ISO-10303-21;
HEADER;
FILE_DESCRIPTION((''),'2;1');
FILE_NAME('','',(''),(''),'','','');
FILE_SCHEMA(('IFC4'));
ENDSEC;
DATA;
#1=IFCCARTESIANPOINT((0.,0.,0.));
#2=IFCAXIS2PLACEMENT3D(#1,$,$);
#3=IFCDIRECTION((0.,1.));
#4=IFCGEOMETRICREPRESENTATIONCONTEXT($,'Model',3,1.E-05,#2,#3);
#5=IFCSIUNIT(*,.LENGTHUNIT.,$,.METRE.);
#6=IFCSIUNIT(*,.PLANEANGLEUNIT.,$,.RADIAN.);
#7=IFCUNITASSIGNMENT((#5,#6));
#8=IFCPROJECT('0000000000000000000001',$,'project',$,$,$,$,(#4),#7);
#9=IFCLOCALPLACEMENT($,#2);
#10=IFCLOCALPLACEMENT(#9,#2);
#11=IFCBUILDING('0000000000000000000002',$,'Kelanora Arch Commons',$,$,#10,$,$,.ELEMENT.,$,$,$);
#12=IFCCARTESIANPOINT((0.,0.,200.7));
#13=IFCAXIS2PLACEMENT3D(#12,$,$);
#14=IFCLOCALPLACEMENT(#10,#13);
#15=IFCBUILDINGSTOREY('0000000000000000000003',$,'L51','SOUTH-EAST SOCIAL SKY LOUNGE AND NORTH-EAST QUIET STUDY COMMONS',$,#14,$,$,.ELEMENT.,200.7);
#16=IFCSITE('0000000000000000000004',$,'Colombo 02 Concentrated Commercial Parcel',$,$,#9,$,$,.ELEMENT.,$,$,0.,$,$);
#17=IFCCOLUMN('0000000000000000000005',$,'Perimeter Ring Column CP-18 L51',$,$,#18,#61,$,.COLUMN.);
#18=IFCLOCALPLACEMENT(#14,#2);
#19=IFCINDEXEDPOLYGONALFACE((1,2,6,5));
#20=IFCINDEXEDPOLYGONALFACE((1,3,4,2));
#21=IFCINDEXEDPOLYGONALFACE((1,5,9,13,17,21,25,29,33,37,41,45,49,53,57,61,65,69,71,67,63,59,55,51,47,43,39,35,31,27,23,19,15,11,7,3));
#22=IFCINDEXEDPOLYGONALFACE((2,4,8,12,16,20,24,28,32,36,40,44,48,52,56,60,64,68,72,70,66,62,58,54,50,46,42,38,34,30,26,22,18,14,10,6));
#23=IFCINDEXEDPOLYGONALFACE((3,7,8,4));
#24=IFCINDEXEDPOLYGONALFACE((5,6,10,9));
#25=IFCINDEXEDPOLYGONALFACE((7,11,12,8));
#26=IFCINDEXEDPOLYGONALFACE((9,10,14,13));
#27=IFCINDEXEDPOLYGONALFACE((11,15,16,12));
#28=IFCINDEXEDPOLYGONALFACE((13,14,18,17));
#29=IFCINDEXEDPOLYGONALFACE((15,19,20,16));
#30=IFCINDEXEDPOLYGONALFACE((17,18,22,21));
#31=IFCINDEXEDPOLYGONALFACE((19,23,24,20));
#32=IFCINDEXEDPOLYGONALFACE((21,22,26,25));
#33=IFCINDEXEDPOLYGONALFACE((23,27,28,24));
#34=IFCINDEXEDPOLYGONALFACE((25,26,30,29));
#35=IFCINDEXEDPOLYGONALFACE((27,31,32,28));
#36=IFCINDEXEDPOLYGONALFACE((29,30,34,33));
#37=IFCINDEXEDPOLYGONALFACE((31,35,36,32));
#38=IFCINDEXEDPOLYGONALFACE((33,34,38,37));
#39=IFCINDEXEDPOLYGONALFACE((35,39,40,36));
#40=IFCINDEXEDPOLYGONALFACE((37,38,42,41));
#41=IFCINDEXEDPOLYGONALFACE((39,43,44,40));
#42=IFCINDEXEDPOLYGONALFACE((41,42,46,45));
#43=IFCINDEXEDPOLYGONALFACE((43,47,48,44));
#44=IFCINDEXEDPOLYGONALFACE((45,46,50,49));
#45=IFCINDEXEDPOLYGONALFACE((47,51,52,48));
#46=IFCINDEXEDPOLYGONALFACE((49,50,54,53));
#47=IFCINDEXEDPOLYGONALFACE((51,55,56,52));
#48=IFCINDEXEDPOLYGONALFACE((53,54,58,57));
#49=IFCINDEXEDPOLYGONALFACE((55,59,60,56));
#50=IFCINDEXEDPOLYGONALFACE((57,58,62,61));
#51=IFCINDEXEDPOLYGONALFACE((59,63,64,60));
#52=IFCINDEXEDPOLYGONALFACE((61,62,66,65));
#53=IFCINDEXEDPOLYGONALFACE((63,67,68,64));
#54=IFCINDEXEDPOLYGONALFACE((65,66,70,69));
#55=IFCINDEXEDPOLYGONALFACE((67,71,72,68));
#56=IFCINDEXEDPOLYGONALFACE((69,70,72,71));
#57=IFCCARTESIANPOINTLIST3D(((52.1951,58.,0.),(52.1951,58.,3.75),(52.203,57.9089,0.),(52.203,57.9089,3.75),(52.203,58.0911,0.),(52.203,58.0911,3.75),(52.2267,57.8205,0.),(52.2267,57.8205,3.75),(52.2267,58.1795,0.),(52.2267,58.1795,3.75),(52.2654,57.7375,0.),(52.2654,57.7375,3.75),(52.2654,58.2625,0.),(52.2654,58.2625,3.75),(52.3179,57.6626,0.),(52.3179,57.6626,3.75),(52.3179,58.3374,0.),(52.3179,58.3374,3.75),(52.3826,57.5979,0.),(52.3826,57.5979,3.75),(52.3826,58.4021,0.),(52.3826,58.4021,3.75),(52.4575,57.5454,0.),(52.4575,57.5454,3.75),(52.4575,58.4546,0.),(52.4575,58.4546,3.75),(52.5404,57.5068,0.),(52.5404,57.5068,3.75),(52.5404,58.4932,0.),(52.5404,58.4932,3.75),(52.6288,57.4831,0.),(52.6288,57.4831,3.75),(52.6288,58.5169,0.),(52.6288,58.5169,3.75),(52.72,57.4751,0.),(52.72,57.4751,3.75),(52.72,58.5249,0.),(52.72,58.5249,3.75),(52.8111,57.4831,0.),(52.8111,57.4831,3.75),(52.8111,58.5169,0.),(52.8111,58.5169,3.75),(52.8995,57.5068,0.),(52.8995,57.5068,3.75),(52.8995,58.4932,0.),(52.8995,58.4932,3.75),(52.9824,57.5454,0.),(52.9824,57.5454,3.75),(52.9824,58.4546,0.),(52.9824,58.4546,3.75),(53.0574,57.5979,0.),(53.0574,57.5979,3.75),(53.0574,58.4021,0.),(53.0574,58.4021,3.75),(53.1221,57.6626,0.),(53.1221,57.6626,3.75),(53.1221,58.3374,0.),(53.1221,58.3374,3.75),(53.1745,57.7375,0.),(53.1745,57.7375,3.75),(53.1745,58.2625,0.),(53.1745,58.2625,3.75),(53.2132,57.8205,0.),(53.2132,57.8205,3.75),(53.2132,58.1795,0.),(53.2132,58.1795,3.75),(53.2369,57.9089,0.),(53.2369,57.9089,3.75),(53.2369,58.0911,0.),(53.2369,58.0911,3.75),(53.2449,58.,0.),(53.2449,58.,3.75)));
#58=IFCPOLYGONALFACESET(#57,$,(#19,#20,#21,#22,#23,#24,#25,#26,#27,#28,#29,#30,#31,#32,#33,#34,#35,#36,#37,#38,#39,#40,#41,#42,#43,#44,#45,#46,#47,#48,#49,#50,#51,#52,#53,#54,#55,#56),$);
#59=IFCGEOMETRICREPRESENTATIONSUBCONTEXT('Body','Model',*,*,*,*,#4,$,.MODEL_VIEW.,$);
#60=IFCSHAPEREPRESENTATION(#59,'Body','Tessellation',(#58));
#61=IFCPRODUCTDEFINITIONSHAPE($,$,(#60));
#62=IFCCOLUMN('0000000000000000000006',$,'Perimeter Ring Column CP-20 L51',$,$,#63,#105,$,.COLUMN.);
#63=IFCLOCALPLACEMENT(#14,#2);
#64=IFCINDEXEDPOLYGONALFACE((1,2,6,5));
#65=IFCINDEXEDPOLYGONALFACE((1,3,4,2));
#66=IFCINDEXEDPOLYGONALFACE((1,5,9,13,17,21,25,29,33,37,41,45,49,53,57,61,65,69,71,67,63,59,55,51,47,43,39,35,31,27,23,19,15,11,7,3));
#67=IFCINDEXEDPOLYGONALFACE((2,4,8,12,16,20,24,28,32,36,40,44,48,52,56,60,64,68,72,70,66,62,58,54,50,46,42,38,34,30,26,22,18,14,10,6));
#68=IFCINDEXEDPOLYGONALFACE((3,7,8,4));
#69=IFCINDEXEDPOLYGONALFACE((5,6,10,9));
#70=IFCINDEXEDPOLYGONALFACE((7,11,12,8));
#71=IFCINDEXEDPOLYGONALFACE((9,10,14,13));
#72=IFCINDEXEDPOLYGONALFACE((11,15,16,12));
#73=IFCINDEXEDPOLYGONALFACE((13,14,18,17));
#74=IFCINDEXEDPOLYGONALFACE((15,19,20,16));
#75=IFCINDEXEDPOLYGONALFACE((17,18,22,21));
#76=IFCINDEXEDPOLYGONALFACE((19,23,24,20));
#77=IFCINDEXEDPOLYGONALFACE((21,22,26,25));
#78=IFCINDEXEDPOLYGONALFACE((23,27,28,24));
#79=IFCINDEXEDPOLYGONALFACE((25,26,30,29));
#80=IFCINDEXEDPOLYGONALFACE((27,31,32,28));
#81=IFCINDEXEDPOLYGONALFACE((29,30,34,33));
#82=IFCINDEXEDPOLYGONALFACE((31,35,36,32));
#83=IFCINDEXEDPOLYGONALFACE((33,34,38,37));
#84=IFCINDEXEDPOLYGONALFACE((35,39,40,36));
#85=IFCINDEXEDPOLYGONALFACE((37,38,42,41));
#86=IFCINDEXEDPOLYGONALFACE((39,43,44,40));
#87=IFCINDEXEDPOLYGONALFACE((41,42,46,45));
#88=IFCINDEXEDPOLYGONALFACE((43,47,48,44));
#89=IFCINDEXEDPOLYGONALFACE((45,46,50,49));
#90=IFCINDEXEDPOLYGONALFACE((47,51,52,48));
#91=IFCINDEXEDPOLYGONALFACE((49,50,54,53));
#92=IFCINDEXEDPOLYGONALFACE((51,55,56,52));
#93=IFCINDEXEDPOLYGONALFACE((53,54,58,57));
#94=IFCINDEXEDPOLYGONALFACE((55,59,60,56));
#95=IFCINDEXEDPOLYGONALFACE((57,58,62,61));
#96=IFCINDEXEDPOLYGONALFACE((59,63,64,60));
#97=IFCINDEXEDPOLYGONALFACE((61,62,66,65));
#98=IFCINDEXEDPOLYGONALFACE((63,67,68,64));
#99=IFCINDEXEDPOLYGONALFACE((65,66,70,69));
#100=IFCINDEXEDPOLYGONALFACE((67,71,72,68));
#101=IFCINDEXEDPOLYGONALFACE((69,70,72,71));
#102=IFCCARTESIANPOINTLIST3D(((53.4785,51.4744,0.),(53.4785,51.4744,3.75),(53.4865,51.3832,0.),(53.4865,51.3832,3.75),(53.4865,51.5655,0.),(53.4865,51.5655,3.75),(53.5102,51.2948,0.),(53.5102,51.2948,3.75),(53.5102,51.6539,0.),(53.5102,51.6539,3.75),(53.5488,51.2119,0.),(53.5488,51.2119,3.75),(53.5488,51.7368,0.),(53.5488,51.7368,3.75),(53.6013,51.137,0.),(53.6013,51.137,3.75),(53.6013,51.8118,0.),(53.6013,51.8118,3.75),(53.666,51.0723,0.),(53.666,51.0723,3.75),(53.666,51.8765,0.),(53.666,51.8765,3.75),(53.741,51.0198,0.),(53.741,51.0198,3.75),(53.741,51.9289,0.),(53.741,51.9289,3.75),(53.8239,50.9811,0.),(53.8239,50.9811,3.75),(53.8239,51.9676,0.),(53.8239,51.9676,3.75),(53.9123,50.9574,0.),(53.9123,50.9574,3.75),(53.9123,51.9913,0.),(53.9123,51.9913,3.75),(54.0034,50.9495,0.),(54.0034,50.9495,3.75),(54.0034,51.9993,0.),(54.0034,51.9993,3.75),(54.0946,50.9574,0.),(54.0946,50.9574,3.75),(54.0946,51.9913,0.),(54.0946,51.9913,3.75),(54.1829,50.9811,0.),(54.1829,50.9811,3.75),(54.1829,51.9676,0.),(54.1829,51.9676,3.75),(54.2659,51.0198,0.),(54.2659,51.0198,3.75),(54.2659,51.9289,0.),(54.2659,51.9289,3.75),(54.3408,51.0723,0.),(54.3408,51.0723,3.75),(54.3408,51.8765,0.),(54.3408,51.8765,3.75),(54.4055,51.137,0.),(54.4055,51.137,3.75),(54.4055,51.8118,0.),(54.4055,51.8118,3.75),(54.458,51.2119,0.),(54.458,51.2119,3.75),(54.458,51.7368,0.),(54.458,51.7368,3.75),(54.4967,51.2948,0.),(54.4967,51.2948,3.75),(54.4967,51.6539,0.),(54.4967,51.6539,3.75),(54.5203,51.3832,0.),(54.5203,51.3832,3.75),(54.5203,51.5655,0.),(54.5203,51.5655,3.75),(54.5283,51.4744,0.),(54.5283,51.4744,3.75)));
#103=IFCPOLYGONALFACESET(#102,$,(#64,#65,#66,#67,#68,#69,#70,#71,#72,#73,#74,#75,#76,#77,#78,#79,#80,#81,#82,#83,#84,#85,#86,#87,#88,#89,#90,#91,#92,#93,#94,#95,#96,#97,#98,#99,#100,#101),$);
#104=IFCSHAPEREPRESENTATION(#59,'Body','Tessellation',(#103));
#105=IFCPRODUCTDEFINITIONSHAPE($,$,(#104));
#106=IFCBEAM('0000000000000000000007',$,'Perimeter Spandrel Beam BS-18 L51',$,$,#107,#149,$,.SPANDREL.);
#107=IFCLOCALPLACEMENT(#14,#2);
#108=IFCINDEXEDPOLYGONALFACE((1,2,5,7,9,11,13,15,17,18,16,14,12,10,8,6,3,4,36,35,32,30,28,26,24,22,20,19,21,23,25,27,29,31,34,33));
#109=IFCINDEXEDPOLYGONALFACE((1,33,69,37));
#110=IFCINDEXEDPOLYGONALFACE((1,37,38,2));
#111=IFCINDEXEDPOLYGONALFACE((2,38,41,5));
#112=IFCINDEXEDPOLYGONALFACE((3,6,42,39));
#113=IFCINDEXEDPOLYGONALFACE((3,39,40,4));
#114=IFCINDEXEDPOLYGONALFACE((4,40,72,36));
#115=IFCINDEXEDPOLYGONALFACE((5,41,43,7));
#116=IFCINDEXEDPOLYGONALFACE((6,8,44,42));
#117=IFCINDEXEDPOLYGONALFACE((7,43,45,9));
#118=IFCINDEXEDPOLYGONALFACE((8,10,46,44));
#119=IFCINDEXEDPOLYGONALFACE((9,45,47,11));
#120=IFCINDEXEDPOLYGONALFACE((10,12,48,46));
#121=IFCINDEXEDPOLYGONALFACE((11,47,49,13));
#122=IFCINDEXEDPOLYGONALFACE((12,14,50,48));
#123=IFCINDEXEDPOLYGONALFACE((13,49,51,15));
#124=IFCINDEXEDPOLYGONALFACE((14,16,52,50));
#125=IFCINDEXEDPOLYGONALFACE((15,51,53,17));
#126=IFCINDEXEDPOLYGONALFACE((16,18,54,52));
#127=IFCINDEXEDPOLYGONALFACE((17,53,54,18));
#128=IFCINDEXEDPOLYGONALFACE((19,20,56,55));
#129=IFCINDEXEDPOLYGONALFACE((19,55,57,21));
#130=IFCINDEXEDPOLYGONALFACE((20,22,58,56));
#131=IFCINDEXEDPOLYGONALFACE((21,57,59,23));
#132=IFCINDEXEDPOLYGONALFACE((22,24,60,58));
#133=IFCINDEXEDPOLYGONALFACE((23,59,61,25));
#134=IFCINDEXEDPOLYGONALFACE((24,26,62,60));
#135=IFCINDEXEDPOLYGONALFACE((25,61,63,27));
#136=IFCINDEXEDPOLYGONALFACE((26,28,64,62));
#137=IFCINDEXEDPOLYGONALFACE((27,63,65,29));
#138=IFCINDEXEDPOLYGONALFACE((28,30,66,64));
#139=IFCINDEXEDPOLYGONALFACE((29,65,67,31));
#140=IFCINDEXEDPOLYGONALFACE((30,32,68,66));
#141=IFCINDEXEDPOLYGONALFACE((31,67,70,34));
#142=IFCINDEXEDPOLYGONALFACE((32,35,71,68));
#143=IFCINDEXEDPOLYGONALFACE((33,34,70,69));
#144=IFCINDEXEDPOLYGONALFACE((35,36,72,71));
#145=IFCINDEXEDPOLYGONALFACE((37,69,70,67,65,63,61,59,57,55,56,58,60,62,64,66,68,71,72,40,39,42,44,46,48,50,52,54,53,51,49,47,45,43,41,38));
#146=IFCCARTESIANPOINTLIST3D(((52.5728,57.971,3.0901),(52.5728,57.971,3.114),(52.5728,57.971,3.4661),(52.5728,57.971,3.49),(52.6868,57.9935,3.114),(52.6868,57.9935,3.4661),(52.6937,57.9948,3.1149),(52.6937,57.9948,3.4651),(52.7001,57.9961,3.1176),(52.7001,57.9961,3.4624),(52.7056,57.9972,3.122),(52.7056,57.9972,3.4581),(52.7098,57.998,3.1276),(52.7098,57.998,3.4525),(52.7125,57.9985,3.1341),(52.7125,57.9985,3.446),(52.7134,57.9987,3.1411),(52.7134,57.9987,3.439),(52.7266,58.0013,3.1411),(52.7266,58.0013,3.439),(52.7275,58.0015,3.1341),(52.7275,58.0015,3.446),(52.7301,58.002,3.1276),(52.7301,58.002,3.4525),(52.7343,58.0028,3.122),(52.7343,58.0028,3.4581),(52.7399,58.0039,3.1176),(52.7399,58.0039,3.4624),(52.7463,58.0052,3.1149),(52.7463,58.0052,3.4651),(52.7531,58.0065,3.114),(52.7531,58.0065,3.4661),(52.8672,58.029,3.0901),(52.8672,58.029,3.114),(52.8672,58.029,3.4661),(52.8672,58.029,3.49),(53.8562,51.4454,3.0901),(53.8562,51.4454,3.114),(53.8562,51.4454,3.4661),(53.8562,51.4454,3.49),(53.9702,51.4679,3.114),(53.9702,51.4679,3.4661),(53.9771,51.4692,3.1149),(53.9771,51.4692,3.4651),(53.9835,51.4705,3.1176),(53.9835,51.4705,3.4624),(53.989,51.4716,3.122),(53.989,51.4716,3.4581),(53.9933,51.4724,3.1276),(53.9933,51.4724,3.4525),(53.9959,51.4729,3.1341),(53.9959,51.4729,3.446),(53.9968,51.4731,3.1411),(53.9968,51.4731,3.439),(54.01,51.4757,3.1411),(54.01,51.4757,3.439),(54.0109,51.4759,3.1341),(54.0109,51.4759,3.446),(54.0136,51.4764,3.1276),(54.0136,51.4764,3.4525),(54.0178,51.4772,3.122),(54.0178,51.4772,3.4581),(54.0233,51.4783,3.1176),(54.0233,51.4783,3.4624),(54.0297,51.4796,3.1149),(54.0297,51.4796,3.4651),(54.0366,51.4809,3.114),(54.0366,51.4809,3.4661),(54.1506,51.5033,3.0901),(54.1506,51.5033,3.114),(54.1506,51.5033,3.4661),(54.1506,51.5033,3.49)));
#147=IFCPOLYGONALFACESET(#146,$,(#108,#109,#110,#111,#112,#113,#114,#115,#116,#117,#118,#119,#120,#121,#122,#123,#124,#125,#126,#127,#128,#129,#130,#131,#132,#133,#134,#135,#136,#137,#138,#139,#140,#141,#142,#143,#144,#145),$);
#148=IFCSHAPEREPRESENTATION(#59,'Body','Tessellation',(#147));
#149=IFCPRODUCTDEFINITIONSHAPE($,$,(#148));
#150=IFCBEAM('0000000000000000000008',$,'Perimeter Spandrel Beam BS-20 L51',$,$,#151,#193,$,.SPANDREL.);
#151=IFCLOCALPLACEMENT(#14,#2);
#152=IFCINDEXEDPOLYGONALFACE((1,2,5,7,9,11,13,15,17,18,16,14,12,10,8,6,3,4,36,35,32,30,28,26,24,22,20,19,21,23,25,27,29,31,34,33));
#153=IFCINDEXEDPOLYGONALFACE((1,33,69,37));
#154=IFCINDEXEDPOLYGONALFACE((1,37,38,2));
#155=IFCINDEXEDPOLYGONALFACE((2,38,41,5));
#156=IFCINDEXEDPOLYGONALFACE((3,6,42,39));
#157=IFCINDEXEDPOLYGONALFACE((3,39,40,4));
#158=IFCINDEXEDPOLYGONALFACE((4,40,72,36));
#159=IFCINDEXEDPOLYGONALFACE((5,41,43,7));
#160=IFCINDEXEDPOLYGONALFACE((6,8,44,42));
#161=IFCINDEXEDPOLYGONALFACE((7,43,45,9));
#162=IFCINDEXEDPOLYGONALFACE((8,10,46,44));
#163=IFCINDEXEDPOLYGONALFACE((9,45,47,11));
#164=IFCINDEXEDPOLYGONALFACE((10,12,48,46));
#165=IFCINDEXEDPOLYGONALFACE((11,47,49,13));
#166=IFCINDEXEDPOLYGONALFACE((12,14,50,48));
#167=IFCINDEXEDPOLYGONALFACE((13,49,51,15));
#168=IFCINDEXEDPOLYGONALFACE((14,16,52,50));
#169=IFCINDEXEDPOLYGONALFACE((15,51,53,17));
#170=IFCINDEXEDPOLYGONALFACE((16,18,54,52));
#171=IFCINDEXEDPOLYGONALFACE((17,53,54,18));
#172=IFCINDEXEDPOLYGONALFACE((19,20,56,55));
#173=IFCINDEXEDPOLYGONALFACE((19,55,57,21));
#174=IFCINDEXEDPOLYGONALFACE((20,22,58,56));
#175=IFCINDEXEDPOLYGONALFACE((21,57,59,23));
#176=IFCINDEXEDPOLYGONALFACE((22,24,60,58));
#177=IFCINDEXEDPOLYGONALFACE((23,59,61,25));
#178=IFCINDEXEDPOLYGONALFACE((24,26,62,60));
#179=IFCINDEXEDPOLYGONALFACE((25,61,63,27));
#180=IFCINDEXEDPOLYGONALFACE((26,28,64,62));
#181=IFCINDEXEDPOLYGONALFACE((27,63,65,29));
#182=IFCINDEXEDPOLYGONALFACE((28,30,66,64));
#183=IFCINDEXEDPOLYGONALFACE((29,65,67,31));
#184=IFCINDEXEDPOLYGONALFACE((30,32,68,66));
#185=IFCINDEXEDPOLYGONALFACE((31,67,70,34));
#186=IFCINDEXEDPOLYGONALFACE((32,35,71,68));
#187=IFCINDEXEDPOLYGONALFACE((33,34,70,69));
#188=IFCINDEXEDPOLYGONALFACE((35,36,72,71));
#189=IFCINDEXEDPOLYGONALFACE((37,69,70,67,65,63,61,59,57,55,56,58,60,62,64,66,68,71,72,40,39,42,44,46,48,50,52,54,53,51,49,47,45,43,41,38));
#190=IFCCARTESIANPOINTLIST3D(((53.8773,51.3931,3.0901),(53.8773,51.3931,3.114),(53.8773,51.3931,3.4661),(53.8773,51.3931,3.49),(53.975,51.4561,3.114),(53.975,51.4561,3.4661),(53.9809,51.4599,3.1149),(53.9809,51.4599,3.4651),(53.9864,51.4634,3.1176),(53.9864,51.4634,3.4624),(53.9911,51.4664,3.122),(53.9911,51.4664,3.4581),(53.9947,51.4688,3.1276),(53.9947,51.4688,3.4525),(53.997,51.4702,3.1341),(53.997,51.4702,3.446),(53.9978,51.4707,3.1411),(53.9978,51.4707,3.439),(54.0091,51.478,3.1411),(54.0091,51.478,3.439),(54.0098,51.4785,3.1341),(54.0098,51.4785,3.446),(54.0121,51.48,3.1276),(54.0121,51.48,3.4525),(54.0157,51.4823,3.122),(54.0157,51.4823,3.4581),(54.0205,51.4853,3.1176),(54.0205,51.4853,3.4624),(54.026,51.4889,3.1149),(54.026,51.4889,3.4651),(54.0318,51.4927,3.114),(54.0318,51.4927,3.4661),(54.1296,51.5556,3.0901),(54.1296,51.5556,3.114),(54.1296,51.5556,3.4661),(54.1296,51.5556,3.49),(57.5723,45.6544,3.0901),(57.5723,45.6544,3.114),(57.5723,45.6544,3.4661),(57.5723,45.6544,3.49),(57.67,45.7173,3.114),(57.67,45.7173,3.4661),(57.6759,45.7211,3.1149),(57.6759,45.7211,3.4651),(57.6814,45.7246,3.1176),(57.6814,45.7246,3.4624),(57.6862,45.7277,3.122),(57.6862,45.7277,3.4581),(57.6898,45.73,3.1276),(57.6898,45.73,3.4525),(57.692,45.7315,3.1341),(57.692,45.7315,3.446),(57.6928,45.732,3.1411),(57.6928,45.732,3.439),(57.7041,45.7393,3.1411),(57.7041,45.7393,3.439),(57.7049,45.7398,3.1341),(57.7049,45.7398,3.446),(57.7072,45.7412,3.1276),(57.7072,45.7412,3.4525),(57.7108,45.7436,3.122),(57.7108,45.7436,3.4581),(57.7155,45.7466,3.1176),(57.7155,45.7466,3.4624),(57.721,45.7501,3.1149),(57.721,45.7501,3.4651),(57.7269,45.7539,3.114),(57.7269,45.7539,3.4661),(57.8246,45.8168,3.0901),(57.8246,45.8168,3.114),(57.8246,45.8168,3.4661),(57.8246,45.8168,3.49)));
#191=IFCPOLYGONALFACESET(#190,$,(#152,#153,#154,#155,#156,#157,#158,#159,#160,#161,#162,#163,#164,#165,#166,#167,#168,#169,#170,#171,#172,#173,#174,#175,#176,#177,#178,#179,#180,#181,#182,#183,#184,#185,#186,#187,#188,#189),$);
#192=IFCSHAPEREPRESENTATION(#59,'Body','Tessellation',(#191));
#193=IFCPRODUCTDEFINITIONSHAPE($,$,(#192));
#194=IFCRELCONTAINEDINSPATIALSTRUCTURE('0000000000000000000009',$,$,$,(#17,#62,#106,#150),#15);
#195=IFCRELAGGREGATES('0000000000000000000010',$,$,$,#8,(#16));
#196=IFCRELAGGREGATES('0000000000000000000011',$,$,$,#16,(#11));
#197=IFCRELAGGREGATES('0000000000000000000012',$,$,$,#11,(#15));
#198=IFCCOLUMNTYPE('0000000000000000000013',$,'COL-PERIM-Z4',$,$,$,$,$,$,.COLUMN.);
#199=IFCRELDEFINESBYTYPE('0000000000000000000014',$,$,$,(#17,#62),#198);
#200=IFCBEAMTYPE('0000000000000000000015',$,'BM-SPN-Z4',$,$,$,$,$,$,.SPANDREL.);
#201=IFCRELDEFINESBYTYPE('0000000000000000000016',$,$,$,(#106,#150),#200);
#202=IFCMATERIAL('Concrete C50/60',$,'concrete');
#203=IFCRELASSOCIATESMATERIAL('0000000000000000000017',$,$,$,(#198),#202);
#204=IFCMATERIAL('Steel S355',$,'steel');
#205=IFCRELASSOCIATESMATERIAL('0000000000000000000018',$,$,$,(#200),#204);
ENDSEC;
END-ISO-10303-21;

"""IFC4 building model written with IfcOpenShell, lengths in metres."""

from ifc_helpers import new_model, si_unit, direction, frame, origin, origin_2d, place, context, subcontext, project, spatial, circle, i_section, extrude, material, material_profile, profile_set, type_object, element, save


model = new_model("IFC4")

# Units and contexts
model_context = context("Model", 3, precision=1e-05, world=origin(), true_north=direction((0.0, 1.0)))
body_context = subcontext(model_context, "Body", "Model", "MODEL_VIEW")
ifc_project = project(units=[si_unit("LENGTHUNIT", "METRE"), si_unit("PLANEANGLEUNIT", "RADIAN")], contexts=[model_context])

# Site, building, storey
site_placement = place(None, origin())
site = spatial("IfcSite", under=ifc_project, at=site_placement, Name="Colombo 02 Concentrated Commercial Parcel", CompositionType="ELEMENT", RefElevation=0.0)
building_placement = place(site_placement, origin())
building = spatial("IfcBuilding", under=site, at=building_placement, Name="Kelanora Arch Commons", CompositionType="ELEMENT")
storey_placement = place(building_placement, frame((0.0, 0.0, 200.7)))
storey = spatial("IfcBuildingStorey", under=building, at=storey_placement, Name="L51", Description="SOUTH-EAST SOCIAL SKY LOUNGE AND NORTH-EAST QUIET STUDY COMMONS", CompositionType="ELEMENT", Elevation=200.7)

# Columns
ifc_material_1 = material(Name="Concrete C50/60", Category="concrete")
ifc_material_profile_1 = material_profile(ifc_material_1, circle(Radius=0.5249, at=origin_2d()), Name="RCC1050")
ifc_profile_set_1 = profile_set([ifc_material_profile_1], Name="Concrete C50/60")
column_type = type_object("IfcColumnType", Name="COL-PERIM-Z4", PredefinedType="COLUMN", material=ifc_profile_set_1)
for number, where, z_axis, x_axis, name in (
    (1, (52.72, 58.0, 0.0), (0.0, 0.0, 1.0), (1.0, 0.0, 0.0), "Perimeter Ring Column CP-18 L51"),
    (2, (54.0034, 51.4744, 0.0), (0.0, 0.0, 1.0), (1.0, 0.0, 0.0), "Perimeter Ring Column CP-20 L51"),
):
    element("IfcColumn", number, at=place(storey_placement, frame(where, z_axis=z_axis, x_axis=x_axis)), inside=storey, type_object=column_type, Name=name, PredefinedType="COLUMN", context=body_context, shape_type="SweptSolid", body=[
        extrude(circle(Radius=0.5249, at=origin_2d()), origin(), (0.0, 0.0, 1.0), 3.75),
    ])

# Beams
ifc_material_2 = material(Name="Steel S355", Category="steel")
ifc_material_profile_2 = material_profile(ifc_material_2, i_section(OverallWidth=0.3, OverallDepth=0.3999, WebThickness=0.0134, FlangeThickness=0.0239, FilletRadius=0.0271, at=origin_2d()), Name="HEB400")
ifc_profile_set_2 = profile_set([ifc_material_profile_2], Name="Steel S355")
beam_type = type_object("IfcBeamType", Name="BM-SPN-Z4", PredefinedType="SPANDREL", material=ifc_profile_set_2)
beam_1_placement = place(storey_placement, frame((52.72, 58.0, 3.29), z_axis=(0.192981, -0.981203, 0.0), x_axis=(0.981203, 0.192981, 0.0)))
element("IfcBeam", 3, at=beam_1_placement, inside=storey, type_object=beam_type, Name="Perimeter Spandrel Beam BS-18 L51", PredefinedType="SPANDREL", context=body_context, shape_type="SweptSolid", body=[
    extrude(i_section(OverallWidth=0.3, OverallDepth=0.3999, WebThickness=0.0134, FlangeThickness=0.0239, FilletRadius=0.0271, at=origin_2d()), origin(), (0.0, 0.0, 1.0), 6.6506),
])
beam_2_placement = place(storey_placement, frame((54.0034, 51.4744, 3.29), z_axis=(0.541365, -0.840788, 0.0), x_axis=(0.840788, 0.541365, 0.0)))
element("IfcBeam", 4, at=beam_2_placement, inside=storey, type_object=beam_type, Name="Perimeter Spandrel Beam BS-20 L51", PredefinedType="SPANDREL", context=body_context, shape_type="SweptSolid", body=[
    extrude(i_section(OverallWidth=0.3, OverallDepth=0.3999, WebThickness=0.0134, FlangeThickness=0.0239, FilletRadius=0.0271, at=origin_2d()), origin(), (0.0, 0.0, 1.0), 6.8254),
])

save(model, "model.ifc")
